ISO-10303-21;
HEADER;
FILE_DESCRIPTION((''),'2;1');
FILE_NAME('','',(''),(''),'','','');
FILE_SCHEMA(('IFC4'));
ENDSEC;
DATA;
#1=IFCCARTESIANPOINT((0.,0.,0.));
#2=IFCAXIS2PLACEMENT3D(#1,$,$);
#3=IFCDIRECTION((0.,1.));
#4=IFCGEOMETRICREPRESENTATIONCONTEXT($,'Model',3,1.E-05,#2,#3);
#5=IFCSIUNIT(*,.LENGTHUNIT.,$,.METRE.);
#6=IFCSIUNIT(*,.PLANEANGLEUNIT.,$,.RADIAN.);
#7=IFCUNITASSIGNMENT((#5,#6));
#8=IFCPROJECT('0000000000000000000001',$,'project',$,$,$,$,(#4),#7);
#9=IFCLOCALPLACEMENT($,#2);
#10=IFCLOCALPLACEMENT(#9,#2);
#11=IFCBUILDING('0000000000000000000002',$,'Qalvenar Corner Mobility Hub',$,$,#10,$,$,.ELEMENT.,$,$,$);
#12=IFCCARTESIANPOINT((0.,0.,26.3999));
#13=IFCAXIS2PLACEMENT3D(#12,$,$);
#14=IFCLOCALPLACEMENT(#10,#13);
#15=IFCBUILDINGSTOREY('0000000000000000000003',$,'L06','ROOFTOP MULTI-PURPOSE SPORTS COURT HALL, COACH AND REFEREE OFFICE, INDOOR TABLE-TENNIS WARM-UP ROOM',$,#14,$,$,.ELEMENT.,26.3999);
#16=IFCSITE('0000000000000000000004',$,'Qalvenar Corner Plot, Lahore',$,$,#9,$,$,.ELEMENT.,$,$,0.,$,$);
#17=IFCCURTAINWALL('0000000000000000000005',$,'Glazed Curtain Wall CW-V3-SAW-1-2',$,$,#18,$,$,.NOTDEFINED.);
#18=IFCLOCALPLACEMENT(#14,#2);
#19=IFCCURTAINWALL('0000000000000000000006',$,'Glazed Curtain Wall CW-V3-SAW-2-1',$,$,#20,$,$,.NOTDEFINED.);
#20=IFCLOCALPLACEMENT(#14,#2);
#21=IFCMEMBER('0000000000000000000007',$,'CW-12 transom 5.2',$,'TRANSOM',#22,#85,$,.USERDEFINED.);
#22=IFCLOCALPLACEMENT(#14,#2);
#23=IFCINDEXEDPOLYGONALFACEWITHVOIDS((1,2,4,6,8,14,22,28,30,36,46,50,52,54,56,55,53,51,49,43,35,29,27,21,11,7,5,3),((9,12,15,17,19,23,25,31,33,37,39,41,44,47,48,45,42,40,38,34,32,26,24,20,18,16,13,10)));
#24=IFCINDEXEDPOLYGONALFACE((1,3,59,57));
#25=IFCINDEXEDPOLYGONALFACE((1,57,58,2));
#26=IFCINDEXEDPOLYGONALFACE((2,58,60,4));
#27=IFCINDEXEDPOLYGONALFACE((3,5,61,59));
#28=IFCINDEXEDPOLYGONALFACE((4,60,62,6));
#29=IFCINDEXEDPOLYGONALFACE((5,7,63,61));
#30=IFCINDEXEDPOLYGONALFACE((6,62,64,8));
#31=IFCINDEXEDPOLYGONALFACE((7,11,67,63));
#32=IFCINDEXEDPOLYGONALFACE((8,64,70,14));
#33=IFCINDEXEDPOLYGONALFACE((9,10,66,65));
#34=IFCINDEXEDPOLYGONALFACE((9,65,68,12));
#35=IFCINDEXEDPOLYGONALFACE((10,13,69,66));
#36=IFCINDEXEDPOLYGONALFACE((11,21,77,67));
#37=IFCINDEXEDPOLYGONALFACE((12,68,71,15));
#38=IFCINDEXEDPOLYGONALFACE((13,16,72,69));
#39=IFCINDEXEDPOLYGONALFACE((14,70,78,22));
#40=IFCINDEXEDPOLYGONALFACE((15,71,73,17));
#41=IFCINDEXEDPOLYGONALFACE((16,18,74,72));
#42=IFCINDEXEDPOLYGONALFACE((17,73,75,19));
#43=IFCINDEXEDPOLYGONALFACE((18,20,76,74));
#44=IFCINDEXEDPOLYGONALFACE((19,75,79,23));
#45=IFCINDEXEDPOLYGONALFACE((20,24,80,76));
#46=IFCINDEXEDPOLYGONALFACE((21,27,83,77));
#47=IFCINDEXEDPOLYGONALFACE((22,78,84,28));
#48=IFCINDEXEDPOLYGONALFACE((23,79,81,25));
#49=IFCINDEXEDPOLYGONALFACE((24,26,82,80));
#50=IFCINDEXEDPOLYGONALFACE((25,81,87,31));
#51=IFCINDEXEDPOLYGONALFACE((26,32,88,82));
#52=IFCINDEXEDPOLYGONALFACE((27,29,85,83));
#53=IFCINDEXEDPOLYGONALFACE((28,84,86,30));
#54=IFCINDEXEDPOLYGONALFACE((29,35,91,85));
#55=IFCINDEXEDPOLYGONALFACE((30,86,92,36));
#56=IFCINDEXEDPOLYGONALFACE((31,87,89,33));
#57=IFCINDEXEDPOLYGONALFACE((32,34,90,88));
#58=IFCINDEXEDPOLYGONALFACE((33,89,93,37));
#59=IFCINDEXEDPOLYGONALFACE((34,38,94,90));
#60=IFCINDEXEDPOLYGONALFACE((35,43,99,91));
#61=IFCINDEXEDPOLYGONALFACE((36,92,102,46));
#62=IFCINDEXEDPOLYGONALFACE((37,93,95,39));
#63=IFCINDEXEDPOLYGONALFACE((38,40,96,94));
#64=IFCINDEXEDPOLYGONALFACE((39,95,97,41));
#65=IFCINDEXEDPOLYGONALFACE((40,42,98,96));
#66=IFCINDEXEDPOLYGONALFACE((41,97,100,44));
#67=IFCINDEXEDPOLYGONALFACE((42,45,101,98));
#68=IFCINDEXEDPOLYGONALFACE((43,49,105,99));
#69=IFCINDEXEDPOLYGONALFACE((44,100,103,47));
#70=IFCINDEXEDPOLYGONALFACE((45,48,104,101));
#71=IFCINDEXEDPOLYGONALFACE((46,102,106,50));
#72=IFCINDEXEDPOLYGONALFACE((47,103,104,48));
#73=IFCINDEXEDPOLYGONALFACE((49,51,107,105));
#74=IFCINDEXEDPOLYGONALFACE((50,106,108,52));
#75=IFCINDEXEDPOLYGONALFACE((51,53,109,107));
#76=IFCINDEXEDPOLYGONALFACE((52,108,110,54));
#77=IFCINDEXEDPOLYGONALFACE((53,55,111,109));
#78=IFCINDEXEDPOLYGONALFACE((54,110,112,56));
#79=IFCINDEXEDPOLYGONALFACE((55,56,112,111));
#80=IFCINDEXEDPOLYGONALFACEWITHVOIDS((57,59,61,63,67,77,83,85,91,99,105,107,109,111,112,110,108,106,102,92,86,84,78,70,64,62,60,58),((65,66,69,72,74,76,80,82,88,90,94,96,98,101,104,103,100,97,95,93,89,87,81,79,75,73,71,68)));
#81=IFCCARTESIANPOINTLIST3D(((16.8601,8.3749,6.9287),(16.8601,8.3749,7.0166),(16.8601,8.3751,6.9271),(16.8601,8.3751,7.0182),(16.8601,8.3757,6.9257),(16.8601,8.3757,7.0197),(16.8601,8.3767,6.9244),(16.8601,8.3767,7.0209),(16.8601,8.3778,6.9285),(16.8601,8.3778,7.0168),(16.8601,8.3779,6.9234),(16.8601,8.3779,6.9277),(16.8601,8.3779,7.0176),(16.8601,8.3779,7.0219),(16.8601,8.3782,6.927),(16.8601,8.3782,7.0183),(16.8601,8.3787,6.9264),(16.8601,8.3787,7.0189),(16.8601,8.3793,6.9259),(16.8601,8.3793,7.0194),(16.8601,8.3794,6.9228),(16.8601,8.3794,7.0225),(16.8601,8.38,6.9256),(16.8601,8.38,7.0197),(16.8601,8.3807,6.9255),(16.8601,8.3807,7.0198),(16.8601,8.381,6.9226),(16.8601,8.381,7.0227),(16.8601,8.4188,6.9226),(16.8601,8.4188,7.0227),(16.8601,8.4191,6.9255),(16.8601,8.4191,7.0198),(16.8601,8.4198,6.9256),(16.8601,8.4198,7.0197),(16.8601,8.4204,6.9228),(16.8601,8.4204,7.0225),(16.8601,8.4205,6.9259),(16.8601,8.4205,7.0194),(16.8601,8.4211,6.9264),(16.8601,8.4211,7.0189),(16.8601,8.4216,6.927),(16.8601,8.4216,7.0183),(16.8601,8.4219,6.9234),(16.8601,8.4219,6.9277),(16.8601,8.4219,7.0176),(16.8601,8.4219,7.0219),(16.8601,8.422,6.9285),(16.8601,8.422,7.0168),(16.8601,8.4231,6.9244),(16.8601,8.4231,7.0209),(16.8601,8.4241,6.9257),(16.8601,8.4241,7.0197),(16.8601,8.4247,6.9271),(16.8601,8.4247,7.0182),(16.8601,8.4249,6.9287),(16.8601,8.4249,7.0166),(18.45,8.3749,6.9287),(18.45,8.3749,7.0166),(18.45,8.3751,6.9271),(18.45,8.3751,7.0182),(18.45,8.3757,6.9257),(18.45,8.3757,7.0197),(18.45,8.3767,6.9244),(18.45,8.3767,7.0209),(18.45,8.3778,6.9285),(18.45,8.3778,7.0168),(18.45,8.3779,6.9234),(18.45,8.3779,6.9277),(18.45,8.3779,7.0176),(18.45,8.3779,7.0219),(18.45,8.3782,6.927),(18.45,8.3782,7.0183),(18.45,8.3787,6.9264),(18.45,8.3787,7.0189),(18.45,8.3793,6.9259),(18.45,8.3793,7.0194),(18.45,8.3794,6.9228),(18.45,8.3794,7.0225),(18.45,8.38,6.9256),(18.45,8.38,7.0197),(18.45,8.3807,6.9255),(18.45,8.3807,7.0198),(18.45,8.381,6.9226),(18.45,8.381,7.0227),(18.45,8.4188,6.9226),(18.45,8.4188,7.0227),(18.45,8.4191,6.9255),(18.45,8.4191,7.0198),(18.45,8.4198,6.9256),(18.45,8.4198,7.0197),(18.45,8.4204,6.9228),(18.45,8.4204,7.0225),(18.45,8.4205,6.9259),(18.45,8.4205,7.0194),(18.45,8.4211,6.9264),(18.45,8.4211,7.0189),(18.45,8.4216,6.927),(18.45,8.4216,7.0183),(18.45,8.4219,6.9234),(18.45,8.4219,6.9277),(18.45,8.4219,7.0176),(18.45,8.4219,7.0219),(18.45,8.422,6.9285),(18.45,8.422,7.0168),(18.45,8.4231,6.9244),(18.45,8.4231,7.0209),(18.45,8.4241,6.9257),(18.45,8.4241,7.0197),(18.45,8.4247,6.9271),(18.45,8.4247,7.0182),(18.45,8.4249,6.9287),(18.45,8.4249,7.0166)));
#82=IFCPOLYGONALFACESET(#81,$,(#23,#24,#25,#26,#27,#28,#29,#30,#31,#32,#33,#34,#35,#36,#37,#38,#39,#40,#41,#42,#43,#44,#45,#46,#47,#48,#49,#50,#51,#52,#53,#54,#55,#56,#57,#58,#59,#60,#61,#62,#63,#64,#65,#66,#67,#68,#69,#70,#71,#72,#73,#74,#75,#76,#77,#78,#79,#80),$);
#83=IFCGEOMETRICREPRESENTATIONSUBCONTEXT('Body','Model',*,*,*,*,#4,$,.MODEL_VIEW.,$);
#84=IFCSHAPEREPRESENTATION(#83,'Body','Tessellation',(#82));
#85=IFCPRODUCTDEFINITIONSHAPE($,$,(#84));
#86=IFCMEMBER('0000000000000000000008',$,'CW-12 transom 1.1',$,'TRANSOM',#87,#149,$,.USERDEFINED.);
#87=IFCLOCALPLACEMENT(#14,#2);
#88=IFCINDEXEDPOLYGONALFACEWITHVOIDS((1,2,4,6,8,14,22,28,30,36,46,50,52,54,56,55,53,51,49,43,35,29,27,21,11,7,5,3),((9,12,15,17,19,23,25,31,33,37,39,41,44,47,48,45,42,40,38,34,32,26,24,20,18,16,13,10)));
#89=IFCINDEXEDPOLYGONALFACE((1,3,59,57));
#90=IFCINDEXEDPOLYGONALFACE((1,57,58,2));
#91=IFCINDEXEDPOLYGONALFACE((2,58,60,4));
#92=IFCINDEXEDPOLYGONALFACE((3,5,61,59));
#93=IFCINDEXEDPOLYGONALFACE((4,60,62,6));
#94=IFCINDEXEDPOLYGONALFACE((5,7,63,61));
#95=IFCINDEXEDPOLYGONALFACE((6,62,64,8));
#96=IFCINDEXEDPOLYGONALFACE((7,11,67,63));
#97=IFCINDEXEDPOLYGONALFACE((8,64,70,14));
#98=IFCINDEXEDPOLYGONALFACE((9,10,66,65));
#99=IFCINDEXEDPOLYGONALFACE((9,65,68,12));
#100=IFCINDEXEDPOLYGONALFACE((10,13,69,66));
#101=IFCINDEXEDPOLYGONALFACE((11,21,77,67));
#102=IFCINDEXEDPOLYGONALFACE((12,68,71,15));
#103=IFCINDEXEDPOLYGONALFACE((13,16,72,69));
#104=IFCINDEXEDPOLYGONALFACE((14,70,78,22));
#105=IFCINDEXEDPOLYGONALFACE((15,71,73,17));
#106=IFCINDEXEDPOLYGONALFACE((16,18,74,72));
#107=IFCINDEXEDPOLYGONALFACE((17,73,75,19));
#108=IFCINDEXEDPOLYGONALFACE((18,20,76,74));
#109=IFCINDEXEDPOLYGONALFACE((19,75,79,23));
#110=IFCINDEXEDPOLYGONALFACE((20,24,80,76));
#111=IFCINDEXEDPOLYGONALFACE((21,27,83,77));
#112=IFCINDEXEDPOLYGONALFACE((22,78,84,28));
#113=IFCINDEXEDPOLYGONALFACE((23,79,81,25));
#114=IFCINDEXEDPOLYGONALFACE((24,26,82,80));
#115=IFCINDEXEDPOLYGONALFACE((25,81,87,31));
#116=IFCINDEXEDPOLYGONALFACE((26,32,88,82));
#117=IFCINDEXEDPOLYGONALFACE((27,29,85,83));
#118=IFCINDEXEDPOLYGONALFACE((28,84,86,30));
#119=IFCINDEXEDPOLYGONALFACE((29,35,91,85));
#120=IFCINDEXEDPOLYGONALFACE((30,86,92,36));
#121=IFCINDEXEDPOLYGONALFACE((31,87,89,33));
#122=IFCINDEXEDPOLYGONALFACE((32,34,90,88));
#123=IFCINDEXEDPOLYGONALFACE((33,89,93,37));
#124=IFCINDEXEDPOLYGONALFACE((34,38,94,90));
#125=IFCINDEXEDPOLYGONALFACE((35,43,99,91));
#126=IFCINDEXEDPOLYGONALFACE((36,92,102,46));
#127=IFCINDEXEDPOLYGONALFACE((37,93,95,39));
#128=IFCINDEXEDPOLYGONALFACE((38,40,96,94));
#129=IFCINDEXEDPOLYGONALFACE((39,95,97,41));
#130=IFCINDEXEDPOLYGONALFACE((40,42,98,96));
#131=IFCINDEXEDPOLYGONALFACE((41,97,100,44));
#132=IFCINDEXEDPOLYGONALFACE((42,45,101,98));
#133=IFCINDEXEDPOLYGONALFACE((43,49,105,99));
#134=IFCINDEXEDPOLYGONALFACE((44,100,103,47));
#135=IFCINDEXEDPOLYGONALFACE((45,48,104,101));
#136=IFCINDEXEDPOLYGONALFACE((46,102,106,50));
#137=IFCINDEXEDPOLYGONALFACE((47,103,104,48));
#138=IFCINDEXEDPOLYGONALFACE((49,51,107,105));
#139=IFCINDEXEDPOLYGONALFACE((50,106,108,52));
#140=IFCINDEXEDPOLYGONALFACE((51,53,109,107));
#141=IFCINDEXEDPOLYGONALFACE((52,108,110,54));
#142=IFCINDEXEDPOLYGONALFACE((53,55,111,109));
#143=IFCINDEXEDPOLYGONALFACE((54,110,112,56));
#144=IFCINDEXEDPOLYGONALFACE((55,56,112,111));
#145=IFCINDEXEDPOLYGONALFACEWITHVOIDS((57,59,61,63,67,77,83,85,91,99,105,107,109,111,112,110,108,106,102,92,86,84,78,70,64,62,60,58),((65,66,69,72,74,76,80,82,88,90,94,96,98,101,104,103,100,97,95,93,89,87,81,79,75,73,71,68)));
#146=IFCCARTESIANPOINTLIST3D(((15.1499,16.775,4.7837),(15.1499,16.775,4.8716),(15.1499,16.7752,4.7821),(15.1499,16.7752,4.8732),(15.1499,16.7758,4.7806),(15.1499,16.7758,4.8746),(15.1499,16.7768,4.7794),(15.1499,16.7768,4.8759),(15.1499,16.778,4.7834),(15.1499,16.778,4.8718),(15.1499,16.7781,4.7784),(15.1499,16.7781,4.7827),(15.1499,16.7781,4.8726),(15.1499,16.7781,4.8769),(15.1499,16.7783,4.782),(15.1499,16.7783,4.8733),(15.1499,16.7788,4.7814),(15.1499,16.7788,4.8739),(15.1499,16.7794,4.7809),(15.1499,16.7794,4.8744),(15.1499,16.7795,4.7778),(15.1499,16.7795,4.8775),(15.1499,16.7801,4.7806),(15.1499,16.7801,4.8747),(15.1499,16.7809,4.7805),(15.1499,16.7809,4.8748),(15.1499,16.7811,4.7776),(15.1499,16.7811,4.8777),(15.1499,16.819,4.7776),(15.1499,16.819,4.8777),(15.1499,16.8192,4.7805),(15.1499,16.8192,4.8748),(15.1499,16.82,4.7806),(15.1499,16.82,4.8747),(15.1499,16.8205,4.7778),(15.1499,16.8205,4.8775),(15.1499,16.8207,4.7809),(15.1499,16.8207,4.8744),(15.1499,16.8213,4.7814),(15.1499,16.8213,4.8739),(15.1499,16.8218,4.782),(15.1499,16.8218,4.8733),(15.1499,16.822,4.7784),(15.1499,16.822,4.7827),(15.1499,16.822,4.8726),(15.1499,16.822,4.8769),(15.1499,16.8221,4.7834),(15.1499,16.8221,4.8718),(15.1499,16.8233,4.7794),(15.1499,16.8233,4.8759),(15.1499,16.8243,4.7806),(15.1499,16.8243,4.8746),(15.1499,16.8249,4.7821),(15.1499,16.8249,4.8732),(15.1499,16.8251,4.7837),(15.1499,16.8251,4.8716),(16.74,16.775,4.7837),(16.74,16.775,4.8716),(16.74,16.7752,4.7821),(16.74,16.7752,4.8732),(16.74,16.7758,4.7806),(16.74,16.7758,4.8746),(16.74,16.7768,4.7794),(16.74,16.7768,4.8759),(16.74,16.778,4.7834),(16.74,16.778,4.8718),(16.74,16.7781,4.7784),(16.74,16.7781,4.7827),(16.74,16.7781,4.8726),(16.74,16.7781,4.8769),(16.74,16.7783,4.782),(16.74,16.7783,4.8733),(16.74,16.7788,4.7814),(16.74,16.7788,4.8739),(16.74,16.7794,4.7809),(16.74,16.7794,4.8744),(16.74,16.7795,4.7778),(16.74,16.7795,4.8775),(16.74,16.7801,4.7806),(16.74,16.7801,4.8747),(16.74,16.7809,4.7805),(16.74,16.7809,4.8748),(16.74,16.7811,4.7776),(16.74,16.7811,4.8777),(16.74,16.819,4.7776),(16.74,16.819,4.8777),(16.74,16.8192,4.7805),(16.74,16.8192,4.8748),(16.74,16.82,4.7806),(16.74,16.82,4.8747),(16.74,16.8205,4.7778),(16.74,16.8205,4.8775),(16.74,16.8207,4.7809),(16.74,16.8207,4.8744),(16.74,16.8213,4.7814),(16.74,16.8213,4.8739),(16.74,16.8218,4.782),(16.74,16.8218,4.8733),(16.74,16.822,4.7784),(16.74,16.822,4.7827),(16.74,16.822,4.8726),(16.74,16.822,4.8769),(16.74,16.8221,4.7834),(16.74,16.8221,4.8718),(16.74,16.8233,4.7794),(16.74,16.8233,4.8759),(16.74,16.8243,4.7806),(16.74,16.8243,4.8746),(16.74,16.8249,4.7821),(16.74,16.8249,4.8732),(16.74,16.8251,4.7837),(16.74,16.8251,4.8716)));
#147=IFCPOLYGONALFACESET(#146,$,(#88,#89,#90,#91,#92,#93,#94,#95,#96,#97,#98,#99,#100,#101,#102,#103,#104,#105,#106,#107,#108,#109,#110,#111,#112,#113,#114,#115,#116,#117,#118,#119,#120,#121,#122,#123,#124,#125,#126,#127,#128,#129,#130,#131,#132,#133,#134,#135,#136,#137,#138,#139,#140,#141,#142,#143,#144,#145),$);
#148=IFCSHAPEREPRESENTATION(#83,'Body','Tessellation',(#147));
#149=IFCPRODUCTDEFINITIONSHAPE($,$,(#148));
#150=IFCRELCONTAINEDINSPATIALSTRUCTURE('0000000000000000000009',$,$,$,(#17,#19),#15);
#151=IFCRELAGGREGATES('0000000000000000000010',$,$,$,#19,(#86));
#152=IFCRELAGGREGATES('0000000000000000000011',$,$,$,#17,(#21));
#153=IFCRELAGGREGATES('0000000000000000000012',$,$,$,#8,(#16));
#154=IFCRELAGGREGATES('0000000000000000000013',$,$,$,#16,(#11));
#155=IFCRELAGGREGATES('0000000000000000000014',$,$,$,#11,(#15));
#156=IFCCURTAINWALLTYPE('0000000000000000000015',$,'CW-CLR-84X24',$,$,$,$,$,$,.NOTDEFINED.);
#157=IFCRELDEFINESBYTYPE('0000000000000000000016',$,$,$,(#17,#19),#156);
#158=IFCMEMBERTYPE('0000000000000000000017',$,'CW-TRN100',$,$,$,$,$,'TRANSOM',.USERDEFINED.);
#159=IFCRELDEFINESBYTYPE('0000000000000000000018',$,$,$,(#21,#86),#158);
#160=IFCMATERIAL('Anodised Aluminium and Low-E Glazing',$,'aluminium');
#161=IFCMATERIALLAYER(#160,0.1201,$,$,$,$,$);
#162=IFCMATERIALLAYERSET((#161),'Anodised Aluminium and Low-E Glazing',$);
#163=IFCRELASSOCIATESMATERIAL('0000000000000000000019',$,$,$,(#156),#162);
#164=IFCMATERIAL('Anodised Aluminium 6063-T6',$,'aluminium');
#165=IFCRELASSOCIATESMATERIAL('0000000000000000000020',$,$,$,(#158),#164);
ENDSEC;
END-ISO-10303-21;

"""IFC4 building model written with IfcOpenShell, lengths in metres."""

from ifc_helpers import new_model, si_unit, direction, frame, origin, origin_2d, place, context, subcontext, project, spatial, hollow_rectangle, extrude, material, layer, layer_set, material_profile, profile_set, type_object, element, aggregate, save


model = new_model("IFC4")

# Units and contexts
model_context = context("Model", 3, precision=1e-05, world=origin(), true_north=direction((0.0, 1.0)))
body_context = subcontext(model_context, "Body", "Model", "MODEL_VIEW")
ifc_project = project(units=[si_unit("LENGTHUNIT", "METRE"), si_unit("PLANEANGLEUNIT", "RADIAN")], contexts=[model_context])

# Site, building, storey
site_placement = place(None, origin())
site = spatial("IfcSite", under=ifc_project, at=site_placement, Name="Qalvenar Corner Plot, Lahore", CompositionType="ELEMENT", RefElevation=0.0)
building_placement = place(site_placement, origin())
building = spatial("IfcBuilding", under=site, at=building_placement, Name="Qalvenar Corner Mobility Hub", CompositionType="ELEMENT")
storey_placement = place(building_placement, frame((0.0, 0.0, 26.3999)))
storey = spatial("IfcBuildingStorey", under=building, at=storey_placement, Name="L06", Description="ROOFTOP MULTI-PURPOSE SPORTS COURT HALL, COACH AND REFEREE OFFICE, INDOOR TABLE-TENNIS WARM-UP ROOM", CompositionType="ELEMENT", Elevation=26.3999)

# Curtain walls
ifc_material_1 = material(Name="Anodised Aluminium and Low-E Glazing", Category="aluminium")
ifc_layer_1 = layer(ifc_material_1, 0.1201)
ifc_layer_set_1 = layer_set([ifc_layer_1], Name="Anodised Aluminium and Low-E Glazing")
curtain_wall_type = type_object("IfcCurtainWallType", Name="CW-CLR-84X24", PredefinedType="NOTDEFINED", material=ifc_layer_set_1)
curtain_wall_1_placement = place(storey_placement, origin())
curtain_wall_1 = element("IfcCurtainWall", 1, at=curtain_wall_1_placement, inside=storey, type_object=curtain_wall_type, Name="Glazed Curtain Wall CW-V3-SAW-1-2", PredefinedType="NOTDEFINED")
ifc_material_2 = material(Name="Anodised Aluminium 6063-T6", Category="aluminium")
curtain_wall_2_placement = place(storey_placement, origin())
curtain_wall_2 = element("IfcCurtainWall", 2, at=curtain_wall_2_placement, inside=storey, type_object=curtain_wall_type, Name="Glazed Curtain Wall CW-V3-SAW-2-1", PredefinedType="NOTDEFINED")

# Members
ifc_material_profile_1 = material_profile(ifc_material_2, hollow_rectangle(XDim=0.05, YDim=0.1001, WallThickness=0.0029, InnerFilletRadius=0.0029, OuterFilletRadius=0.0061, at=origin_2d()), Name="RHS100x50x3")
ifc_profile_set_1 = profile_set([ifc_material_profile_1], Name="Anodised Aluminium 6063-T6")
member_type_1 = type_object("IfcMemberType", Name="CW-TRN100", ElementType="TRANSOM", PredefinedType="USERDEFINED", material=ifc_profile_set_1)
member_1_placement = place(storey_placement, frame((18.45, 8.3999, 6.9727), z_axis=(-1.0, 0.0, 0.0), x_axis=(0.0, -1.0, 0.0)))
member_1 = element("IfcMember", 3, at=member_1_placement, type_object=member_type_1, Name="CW-12 transom 5.2", ObjectType="TRANSOM", PredefinedType="USERDEFINED", context=body_context, shape_type="SweptSolid", body=[
    extrude(hollow_rectangle(XDim=0.05, YDim=0.1001, WallThickness=0.0029, InnerFilletRadius=0.0029, OuterFilletRadius=0.0061, at=origin_2d()), origin(), (0.0, 0.0, 1.0), 1.5898),
])
member_2_placement = place(storey_placement, frame((16.74, 16.8, 4.8276), z_axis=(-1.0, 0.0, 0.0), x_axis=(0.0, -1.0, 0.0)))
member_2 = element("IfcMember", 4, at=member_2_placement, type_object=member_type_1, Name="CW-12 transom 1.1", ObjectType="TRANSOM", PredefinedType="USERDEFINED", context=body_context, shape_type="SweptSolid", body=[
    extrude(hollow_rectangle(XDim=0.05, YDim=0.1001, WallThickness=0.0029, InnerFilletRadius=0.0029, OuterFilletRadius=0.0061, at=origin_2d()), origin(), (0.0, 0.0, 1.0), 1.5901),
])

aggregate(curtain_wall_2, [member_2])
aggregate(curtain_wall_1, [member_1])

save(model, "model.ifc")
